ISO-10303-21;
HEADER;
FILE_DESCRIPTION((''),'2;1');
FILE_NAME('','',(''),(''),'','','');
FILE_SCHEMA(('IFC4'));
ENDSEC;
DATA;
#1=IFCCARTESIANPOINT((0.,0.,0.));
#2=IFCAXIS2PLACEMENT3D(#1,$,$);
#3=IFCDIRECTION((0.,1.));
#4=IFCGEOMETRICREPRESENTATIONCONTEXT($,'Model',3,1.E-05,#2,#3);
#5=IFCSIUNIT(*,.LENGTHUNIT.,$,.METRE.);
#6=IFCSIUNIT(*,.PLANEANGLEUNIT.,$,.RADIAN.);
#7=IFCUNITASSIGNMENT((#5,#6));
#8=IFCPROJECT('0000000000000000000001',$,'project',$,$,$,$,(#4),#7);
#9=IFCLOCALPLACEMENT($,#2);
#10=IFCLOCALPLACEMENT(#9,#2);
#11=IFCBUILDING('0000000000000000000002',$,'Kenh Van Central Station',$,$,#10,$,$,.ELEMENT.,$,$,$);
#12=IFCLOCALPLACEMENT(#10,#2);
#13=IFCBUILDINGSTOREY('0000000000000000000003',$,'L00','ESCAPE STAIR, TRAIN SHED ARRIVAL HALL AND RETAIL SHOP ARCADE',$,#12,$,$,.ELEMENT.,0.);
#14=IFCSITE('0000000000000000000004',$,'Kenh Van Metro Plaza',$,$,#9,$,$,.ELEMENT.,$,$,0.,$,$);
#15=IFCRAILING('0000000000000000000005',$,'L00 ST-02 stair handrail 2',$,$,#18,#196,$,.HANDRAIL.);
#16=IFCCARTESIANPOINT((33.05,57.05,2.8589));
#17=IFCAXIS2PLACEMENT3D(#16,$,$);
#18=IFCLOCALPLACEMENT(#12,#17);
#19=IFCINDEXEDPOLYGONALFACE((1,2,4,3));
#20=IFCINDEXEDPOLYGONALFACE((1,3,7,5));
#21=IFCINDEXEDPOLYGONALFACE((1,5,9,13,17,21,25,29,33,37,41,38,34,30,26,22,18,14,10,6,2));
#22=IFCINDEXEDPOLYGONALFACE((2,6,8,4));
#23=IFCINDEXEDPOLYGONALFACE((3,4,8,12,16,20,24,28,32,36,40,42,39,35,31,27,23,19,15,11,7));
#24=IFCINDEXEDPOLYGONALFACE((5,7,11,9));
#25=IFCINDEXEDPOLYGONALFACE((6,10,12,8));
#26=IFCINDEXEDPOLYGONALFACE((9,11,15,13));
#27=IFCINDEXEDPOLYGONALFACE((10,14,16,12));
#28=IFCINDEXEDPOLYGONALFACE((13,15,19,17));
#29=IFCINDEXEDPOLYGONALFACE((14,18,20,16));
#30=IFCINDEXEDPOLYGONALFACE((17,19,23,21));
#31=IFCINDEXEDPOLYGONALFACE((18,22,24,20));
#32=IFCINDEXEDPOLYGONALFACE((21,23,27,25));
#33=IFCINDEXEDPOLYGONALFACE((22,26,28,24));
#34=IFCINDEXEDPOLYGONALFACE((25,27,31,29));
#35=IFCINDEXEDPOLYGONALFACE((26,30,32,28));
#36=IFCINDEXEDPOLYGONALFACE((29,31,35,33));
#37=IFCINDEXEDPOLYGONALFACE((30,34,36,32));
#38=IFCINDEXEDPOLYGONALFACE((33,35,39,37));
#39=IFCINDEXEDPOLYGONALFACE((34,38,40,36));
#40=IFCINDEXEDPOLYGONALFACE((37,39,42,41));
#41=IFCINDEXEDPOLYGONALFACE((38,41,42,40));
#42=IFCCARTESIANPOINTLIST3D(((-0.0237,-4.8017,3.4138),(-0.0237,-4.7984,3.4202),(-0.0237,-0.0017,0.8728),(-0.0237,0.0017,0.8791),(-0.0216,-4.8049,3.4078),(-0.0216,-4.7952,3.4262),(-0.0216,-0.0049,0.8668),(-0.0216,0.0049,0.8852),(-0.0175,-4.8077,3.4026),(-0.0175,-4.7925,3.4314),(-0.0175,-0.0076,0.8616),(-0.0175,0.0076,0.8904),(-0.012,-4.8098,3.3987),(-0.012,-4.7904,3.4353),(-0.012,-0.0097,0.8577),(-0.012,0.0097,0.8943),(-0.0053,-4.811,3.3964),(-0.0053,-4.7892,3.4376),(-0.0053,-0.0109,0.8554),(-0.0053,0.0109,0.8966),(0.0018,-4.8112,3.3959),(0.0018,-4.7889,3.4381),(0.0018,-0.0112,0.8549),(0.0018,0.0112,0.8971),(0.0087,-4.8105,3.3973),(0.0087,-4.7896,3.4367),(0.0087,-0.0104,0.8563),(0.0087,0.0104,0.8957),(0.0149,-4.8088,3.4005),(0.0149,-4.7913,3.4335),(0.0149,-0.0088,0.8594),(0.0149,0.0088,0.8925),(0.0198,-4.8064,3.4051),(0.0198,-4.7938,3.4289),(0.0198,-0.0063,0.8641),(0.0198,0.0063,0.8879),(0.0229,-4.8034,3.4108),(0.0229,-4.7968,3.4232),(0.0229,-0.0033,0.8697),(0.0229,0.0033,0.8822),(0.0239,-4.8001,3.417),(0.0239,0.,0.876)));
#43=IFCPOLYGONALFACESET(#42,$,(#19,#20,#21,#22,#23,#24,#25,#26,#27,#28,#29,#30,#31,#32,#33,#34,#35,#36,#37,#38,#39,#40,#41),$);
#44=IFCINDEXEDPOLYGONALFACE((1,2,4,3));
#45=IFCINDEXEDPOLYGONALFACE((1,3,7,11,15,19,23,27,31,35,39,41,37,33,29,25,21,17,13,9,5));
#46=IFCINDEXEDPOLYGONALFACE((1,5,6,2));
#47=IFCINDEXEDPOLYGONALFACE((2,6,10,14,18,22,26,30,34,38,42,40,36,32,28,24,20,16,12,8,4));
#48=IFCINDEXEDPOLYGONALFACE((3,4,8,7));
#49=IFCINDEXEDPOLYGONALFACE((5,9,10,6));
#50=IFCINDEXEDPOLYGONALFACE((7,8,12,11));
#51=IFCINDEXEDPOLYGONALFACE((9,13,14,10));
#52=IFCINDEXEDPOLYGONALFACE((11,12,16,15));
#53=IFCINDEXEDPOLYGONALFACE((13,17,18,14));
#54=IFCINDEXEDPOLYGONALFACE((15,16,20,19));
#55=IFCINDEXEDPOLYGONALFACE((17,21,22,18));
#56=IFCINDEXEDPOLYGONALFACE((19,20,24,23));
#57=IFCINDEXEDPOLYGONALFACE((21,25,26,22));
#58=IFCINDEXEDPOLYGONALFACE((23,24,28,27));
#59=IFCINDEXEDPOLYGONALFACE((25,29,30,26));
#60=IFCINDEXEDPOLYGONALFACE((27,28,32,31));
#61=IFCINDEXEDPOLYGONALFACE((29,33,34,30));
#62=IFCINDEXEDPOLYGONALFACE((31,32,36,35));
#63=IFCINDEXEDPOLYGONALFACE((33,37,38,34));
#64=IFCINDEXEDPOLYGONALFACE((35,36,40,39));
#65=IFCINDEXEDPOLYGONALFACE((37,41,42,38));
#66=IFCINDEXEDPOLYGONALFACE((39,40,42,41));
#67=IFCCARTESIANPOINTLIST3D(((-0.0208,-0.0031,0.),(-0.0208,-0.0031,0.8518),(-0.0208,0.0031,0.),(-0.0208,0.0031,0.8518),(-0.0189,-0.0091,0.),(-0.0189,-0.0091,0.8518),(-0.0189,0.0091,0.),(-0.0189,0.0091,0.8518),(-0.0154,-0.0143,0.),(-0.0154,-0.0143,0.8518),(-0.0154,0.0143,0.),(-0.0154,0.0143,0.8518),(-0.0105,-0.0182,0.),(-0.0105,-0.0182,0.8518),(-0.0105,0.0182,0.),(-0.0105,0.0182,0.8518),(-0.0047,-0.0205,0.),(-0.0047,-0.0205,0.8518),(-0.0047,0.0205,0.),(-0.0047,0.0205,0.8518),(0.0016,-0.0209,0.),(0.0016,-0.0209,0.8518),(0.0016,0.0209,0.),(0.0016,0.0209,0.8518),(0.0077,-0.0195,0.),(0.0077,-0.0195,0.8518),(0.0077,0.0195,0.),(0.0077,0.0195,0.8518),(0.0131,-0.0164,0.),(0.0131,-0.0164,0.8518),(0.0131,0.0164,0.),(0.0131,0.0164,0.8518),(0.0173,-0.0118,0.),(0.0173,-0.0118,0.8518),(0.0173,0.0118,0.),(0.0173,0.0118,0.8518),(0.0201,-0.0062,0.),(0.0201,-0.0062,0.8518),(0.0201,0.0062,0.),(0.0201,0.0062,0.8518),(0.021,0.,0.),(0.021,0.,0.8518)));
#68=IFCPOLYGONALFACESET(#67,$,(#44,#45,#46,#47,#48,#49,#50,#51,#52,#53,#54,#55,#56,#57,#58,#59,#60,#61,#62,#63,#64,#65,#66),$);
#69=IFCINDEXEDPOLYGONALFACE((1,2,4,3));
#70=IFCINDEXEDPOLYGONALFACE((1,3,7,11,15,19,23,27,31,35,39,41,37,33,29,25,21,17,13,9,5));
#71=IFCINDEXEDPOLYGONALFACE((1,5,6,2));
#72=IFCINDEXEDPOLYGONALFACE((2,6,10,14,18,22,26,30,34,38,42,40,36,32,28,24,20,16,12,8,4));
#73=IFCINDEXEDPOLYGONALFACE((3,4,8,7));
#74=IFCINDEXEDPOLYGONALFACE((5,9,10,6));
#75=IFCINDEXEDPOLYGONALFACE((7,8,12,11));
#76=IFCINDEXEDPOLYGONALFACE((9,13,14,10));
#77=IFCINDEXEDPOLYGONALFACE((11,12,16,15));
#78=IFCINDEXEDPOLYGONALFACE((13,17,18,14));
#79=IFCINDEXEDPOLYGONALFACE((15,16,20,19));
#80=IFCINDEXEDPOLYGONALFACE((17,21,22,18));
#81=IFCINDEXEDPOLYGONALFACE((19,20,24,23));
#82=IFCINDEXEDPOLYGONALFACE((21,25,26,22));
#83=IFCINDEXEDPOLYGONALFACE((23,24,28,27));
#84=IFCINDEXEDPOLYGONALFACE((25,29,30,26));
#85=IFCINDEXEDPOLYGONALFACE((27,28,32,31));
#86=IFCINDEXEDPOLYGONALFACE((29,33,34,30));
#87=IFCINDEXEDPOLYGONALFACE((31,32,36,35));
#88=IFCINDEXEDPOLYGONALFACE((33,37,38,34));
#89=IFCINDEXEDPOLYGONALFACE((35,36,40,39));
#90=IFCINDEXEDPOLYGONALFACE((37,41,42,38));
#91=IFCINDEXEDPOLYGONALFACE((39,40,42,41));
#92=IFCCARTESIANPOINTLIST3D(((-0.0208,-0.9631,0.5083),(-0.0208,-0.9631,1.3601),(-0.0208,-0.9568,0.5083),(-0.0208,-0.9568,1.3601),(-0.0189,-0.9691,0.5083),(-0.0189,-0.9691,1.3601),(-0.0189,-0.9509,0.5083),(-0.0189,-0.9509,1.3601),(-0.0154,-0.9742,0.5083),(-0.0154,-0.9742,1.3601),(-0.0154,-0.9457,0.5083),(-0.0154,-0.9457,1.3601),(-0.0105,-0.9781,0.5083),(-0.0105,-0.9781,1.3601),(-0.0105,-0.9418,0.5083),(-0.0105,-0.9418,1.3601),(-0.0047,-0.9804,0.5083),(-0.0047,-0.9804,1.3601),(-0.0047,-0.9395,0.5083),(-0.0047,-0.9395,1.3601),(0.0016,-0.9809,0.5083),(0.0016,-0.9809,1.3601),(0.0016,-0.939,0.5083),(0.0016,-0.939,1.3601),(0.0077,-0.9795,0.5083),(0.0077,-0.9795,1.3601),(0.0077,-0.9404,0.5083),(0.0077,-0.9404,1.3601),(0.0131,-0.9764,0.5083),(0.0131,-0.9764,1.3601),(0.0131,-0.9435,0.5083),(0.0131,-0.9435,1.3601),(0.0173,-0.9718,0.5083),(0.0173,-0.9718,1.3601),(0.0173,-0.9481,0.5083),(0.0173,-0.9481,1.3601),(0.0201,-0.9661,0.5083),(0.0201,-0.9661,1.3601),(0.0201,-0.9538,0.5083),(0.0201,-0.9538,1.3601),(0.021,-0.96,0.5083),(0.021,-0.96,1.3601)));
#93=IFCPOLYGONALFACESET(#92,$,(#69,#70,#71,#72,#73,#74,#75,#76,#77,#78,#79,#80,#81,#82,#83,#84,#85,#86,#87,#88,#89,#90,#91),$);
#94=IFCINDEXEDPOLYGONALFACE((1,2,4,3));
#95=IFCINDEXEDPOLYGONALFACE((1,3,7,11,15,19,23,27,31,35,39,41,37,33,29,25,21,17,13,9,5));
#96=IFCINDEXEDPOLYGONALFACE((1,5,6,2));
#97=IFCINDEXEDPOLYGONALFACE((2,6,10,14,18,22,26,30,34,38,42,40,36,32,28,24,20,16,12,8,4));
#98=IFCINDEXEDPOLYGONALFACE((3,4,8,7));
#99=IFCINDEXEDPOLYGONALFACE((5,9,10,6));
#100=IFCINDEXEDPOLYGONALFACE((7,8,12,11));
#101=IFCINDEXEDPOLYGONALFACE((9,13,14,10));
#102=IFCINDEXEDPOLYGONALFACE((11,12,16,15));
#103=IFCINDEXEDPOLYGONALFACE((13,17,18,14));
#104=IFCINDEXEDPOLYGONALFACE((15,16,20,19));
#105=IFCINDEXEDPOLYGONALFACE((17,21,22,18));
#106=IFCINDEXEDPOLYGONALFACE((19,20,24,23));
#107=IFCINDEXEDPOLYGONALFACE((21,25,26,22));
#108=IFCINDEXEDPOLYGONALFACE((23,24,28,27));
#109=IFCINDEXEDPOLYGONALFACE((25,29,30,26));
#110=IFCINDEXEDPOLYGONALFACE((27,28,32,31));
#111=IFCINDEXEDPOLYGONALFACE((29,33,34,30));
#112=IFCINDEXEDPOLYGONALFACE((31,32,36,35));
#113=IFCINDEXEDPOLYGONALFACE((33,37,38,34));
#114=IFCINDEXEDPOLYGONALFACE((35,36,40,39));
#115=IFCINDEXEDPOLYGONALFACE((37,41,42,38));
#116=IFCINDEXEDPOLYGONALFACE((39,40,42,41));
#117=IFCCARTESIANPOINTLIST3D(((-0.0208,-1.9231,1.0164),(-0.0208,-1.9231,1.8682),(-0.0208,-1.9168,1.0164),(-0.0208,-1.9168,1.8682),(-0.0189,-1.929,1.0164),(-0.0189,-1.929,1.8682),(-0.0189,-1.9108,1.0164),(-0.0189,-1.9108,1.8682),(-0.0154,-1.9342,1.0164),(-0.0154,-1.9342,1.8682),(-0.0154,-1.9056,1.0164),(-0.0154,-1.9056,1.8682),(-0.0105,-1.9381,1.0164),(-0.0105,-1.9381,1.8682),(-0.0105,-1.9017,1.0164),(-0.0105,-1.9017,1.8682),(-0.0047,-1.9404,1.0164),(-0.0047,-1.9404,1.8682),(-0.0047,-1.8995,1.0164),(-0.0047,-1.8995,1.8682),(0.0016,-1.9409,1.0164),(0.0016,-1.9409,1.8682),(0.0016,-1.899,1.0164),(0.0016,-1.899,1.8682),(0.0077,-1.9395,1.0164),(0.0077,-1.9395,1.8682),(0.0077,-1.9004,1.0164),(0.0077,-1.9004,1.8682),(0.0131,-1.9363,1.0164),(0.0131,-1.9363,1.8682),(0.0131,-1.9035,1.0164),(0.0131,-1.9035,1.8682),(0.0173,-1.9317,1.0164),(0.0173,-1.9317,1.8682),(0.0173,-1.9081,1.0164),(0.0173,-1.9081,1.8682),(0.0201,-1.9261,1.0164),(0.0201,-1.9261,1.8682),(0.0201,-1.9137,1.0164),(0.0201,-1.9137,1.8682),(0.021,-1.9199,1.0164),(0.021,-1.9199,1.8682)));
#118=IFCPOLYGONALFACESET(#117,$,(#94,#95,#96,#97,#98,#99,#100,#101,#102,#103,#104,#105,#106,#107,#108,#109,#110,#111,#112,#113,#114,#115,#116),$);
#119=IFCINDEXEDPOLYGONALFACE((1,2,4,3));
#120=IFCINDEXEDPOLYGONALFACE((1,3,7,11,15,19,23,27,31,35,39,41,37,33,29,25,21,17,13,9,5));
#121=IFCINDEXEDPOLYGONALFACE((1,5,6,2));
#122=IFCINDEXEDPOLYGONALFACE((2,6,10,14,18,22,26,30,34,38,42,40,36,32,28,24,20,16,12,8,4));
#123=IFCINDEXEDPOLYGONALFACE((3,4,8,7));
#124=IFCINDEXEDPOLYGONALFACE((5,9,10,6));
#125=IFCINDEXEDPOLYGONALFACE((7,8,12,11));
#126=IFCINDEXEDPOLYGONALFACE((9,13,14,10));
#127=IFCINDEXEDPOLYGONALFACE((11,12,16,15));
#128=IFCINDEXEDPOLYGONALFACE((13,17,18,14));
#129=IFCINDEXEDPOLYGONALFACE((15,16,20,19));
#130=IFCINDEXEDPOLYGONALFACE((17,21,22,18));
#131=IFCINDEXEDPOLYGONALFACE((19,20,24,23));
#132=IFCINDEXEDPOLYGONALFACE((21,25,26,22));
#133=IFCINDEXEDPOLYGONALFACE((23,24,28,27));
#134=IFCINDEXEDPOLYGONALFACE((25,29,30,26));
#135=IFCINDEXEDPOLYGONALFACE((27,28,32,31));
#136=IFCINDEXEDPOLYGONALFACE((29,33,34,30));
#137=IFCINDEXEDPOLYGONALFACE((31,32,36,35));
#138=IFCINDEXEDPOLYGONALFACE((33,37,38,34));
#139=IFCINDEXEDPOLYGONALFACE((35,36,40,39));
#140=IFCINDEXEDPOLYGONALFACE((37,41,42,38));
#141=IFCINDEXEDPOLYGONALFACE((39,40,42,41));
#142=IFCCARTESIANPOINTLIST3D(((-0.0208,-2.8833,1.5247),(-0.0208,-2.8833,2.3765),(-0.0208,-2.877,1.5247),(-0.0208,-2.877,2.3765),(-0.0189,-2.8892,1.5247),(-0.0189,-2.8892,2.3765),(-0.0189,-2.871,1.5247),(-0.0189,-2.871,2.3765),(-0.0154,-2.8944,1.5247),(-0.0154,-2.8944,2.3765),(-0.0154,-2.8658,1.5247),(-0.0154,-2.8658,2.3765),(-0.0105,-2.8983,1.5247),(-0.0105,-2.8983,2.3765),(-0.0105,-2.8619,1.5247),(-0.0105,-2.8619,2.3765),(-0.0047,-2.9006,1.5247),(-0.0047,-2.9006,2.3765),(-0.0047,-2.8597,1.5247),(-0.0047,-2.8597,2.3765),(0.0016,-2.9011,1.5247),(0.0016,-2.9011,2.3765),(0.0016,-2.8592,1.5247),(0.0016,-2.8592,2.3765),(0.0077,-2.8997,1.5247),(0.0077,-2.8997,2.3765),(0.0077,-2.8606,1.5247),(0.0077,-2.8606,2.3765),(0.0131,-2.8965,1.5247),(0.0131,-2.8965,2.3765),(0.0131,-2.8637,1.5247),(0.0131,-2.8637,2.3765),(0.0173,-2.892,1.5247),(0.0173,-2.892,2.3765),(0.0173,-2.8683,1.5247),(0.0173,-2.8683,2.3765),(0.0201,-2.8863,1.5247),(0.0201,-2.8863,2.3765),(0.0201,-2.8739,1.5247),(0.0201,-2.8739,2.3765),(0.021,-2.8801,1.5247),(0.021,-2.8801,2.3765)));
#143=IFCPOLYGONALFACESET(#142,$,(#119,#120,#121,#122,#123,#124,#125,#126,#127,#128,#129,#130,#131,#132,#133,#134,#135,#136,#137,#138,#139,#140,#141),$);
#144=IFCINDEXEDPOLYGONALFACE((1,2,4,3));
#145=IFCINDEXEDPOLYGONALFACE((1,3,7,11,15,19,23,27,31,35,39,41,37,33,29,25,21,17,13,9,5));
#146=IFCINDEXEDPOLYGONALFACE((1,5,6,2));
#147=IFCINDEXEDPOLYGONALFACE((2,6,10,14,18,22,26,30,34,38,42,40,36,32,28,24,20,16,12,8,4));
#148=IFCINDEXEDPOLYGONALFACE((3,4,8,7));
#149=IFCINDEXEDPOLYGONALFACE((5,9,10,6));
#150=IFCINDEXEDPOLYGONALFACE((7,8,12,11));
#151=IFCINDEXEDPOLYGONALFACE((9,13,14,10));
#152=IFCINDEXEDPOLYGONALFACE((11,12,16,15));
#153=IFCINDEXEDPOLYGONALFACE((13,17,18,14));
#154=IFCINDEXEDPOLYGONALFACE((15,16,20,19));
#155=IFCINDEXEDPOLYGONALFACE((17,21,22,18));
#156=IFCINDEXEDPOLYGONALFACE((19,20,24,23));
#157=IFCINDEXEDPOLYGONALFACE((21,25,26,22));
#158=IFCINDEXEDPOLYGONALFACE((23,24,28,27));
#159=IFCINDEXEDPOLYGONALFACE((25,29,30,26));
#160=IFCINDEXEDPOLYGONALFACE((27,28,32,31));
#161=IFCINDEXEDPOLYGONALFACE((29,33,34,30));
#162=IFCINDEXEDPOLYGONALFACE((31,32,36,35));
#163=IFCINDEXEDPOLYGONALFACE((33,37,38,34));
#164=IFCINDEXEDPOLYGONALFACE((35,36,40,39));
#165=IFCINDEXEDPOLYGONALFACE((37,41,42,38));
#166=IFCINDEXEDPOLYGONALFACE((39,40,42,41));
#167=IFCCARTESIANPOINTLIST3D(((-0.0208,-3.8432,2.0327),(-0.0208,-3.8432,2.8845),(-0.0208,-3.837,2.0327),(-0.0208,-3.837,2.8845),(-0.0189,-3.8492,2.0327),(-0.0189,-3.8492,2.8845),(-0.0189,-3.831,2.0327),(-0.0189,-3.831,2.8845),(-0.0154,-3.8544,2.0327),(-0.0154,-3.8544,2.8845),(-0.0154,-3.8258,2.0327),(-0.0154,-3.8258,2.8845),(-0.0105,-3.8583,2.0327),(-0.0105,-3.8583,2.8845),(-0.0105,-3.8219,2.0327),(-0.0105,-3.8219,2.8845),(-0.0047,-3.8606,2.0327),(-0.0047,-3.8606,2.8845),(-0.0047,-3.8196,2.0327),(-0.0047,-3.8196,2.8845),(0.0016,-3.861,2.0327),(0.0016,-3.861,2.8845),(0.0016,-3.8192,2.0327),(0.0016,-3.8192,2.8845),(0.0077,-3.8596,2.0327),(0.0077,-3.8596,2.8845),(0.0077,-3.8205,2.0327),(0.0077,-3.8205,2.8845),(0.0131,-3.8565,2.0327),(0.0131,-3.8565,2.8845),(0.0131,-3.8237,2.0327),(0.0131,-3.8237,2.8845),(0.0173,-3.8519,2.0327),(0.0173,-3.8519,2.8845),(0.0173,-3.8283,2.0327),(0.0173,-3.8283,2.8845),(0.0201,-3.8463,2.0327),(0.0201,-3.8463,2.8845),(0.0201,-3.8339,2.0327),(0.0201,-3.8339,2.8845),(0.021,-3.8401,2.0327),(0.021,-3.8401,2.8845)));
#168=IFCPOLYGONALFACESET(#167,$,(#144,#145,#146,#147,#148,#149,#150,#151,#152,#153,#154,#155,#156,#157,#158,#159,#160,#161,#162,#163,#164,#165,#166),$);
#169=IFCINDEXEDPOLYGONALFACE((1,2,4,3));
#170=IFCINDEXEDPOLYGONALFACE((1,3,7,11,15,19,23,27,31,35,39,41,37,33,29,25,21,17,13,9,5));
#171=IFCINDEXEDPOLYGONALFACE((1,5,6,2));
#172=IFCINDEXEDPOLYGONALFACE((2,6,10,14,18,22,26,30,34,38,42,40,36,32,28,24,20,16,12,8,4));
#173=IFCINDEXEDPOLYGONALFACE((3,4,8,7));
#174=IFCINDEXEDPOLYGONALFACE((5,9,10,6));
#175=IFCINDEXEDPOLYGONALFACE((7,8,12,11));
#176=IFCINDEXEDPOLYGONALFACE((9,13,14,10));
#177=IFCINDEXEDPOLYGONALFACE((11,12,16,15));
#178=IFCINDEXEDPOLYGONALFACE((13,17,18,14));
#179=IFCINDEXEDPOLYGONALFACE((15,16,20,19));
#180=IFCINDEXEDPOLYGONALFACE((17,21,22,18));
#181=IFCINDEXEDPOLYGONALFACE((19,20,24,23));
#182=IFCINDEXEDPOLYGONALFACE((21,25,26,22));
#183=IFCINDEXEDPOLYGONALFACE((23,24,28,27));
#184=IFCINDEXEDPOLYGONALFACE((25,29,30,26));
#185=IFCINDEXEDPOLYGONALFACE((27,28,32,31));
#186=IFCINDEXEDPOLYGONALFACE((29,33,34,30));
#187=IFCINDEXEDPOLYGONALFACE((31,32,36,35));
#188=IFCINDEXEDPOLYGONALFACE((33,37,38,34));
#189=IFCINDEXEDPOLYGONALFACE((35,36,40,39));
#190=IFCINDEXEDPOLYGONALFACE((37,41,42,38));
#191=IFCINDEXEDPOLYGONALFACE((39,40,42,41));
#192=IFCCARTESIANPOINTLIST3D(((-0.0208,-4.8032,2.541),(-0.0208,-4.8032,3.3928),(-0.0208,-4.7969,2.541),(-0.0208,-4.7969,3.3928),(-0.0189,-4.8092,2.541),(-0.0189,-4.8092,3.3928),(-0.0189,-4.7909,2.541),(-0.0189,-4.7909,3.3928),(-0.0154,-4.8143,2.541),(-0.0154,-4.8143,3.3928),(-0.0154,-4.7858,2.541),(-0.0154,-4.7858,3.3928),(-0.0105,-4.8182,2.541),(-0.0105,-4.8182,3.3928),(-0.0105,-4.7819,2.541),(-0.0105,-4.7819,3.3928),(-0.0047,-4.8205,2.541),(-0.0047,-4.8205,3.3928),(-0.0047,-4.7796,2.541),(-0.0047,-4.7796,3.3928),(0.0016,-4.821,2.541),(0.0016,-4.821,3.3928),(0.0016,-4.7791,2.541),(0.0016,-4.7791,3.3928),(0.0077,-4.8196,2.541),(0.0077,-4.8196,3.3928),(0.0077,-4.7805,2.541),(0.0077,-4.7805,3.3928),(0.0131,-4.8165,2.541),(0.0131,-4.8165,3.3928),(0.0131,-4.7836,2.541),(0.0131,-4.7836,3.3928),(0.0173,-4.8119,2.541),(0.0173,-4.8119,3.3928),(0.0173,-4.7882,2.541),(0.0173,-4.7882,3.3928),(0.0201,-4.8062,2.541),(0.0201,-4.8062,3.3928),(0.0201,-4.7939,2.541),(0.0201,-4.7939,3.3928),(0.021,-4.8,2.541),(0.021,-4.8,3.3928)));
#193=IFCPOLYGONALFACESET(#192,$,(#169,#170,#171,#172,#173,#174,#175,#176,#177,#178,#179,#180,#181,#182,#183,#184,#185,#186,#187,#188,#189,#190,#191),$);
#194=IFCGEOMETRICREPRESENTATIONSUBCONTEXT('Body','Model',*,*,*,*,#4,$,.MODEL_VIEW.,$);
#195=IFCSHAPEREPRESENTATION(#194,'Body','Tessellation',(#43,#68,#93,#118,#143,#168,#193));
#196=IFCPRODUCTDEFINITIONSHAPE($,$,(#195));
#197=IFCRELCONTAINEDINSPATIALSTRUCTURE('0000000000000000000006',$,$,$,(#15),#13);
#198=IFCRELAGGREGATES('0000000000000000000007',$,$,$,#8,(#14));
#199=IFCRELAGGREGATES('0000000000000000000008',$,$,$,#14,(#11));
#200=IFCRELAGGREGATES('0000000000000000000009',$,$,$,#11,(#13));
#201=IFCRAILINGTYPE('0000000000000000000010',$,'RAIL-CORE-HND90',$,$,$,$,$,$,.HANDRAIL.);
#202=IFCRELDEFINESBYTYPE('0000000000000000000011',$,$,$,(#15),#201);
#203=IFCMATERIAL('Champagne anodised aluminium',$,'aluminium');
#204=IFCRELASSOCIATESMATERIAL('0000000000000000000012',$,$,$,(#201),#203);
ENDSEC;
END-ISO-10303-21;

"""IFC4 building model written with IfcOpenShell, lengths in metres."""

from ifc_helpers import new_model, si_unit, direction, frame, origin, origin_2d, place, context, subcontext, project, spatial, circle, extrude, material, type_object, element, save


model = new_model("IFC4")

# Units and contexts
model_context = context("Model", 3, precision=1e-05, world=origin(), true_north=direction((0.0, 1.0)))
body_context = subcontext(model_context, "Body", "Model", "MODEL_VIEW")
ifc_project = project(units=[si_unit("LENGTHUNIT", "METRE"), si_unit("PLANEANGLEUNIT", "RADIAN")], contexts=[model_context])

# Site, building, storey
site_placement = place(None, origin())
site = spatial("IfcSite", under=ifc_project, at=site_placement, Name="Kenh Van Metro Plaza", CompositionType="ELEMENT", RefElevation=0.0)
building_placement = place(site_placement, origin())
building = spatial("IfcBuilding", under=site, at=building_placement, Name="Kenh Van Central Station", CompositionType="ELEMENT")
storey_placement = place(building_placement, origin())
storey = spatial("IfcBuildingStorey", under=building, at=storey_placement, Name="L00", Description="ESCAPE STAIR, TRAIN SHED ARRIVAL HALL AND RETAIL SHOP ARCADE", CompositionType="ELEMENT", Elevation=0.0)

# Shared definitions
ifc_material_1 = material(Name="Champagne anodised aluminium", Category="aluminium")

# Railing
railing_type_1 = type_object("IfcRailingType", Name="RAIL-CORE-HND90", PredefinedType="HANDRAIL", material=ifc_material_1)
railing_1_placement = place(storey_placement, frame((33.05, 57.05, 2.8589)))
element("IfcRailing", 1, at=railing_1_placement, inside=storey, type_object=railing_type_1, Name="L00 ST-02 stair handrail 2", PredefinedType="HANDRAIL", context=body_context, shape_type="SweptSolid", body=[
    extrude(circle(Radius=0.0239, at=origin_2d()), frame((0.0, 0.0, 0.876), z_axis=(0.0, -0.883802, 0.467861), x_axis=(1.0, 0.0, 0.0)), (0.0, 0.0, 1.0), 5.4312),
    extrude(circle(Radius=0.021, at=origin_2d()), origin(), (0.0, 0.0, 1.0), 0.8518),
    extrude(circle(Radius=0.021, at=origin_2d()), frame((0.0, -0.96, 0.5083)), (0.0, 0.0, 1.0), 0.8518),
    extrude(circle(Radius=0.021, at=origin_2d()), frame((0.0, -1.9199, 1.0164)), (0.0, 0.0, 1.0), 0.8518),
    extrude(circle(Radius=0.021, at=origin_2d()), frame((0.0, -2.8801, 1.5247)), (0.0, 0.0, 1.0), 0.8518),
    extrude(circle(Radius=0.021, at=origin_2d()), frame((0.0, -3.8401, 2.0327)), (0.0, 0.0, 1.0), 0.8518),
    extrude(circle(Radius=0.021, at=origin_2d()), frame((0.0, -4.8, 2.541)), (0.0, 0.0, 1.0), 0.8518),
])

save(model, "model.ifc")
